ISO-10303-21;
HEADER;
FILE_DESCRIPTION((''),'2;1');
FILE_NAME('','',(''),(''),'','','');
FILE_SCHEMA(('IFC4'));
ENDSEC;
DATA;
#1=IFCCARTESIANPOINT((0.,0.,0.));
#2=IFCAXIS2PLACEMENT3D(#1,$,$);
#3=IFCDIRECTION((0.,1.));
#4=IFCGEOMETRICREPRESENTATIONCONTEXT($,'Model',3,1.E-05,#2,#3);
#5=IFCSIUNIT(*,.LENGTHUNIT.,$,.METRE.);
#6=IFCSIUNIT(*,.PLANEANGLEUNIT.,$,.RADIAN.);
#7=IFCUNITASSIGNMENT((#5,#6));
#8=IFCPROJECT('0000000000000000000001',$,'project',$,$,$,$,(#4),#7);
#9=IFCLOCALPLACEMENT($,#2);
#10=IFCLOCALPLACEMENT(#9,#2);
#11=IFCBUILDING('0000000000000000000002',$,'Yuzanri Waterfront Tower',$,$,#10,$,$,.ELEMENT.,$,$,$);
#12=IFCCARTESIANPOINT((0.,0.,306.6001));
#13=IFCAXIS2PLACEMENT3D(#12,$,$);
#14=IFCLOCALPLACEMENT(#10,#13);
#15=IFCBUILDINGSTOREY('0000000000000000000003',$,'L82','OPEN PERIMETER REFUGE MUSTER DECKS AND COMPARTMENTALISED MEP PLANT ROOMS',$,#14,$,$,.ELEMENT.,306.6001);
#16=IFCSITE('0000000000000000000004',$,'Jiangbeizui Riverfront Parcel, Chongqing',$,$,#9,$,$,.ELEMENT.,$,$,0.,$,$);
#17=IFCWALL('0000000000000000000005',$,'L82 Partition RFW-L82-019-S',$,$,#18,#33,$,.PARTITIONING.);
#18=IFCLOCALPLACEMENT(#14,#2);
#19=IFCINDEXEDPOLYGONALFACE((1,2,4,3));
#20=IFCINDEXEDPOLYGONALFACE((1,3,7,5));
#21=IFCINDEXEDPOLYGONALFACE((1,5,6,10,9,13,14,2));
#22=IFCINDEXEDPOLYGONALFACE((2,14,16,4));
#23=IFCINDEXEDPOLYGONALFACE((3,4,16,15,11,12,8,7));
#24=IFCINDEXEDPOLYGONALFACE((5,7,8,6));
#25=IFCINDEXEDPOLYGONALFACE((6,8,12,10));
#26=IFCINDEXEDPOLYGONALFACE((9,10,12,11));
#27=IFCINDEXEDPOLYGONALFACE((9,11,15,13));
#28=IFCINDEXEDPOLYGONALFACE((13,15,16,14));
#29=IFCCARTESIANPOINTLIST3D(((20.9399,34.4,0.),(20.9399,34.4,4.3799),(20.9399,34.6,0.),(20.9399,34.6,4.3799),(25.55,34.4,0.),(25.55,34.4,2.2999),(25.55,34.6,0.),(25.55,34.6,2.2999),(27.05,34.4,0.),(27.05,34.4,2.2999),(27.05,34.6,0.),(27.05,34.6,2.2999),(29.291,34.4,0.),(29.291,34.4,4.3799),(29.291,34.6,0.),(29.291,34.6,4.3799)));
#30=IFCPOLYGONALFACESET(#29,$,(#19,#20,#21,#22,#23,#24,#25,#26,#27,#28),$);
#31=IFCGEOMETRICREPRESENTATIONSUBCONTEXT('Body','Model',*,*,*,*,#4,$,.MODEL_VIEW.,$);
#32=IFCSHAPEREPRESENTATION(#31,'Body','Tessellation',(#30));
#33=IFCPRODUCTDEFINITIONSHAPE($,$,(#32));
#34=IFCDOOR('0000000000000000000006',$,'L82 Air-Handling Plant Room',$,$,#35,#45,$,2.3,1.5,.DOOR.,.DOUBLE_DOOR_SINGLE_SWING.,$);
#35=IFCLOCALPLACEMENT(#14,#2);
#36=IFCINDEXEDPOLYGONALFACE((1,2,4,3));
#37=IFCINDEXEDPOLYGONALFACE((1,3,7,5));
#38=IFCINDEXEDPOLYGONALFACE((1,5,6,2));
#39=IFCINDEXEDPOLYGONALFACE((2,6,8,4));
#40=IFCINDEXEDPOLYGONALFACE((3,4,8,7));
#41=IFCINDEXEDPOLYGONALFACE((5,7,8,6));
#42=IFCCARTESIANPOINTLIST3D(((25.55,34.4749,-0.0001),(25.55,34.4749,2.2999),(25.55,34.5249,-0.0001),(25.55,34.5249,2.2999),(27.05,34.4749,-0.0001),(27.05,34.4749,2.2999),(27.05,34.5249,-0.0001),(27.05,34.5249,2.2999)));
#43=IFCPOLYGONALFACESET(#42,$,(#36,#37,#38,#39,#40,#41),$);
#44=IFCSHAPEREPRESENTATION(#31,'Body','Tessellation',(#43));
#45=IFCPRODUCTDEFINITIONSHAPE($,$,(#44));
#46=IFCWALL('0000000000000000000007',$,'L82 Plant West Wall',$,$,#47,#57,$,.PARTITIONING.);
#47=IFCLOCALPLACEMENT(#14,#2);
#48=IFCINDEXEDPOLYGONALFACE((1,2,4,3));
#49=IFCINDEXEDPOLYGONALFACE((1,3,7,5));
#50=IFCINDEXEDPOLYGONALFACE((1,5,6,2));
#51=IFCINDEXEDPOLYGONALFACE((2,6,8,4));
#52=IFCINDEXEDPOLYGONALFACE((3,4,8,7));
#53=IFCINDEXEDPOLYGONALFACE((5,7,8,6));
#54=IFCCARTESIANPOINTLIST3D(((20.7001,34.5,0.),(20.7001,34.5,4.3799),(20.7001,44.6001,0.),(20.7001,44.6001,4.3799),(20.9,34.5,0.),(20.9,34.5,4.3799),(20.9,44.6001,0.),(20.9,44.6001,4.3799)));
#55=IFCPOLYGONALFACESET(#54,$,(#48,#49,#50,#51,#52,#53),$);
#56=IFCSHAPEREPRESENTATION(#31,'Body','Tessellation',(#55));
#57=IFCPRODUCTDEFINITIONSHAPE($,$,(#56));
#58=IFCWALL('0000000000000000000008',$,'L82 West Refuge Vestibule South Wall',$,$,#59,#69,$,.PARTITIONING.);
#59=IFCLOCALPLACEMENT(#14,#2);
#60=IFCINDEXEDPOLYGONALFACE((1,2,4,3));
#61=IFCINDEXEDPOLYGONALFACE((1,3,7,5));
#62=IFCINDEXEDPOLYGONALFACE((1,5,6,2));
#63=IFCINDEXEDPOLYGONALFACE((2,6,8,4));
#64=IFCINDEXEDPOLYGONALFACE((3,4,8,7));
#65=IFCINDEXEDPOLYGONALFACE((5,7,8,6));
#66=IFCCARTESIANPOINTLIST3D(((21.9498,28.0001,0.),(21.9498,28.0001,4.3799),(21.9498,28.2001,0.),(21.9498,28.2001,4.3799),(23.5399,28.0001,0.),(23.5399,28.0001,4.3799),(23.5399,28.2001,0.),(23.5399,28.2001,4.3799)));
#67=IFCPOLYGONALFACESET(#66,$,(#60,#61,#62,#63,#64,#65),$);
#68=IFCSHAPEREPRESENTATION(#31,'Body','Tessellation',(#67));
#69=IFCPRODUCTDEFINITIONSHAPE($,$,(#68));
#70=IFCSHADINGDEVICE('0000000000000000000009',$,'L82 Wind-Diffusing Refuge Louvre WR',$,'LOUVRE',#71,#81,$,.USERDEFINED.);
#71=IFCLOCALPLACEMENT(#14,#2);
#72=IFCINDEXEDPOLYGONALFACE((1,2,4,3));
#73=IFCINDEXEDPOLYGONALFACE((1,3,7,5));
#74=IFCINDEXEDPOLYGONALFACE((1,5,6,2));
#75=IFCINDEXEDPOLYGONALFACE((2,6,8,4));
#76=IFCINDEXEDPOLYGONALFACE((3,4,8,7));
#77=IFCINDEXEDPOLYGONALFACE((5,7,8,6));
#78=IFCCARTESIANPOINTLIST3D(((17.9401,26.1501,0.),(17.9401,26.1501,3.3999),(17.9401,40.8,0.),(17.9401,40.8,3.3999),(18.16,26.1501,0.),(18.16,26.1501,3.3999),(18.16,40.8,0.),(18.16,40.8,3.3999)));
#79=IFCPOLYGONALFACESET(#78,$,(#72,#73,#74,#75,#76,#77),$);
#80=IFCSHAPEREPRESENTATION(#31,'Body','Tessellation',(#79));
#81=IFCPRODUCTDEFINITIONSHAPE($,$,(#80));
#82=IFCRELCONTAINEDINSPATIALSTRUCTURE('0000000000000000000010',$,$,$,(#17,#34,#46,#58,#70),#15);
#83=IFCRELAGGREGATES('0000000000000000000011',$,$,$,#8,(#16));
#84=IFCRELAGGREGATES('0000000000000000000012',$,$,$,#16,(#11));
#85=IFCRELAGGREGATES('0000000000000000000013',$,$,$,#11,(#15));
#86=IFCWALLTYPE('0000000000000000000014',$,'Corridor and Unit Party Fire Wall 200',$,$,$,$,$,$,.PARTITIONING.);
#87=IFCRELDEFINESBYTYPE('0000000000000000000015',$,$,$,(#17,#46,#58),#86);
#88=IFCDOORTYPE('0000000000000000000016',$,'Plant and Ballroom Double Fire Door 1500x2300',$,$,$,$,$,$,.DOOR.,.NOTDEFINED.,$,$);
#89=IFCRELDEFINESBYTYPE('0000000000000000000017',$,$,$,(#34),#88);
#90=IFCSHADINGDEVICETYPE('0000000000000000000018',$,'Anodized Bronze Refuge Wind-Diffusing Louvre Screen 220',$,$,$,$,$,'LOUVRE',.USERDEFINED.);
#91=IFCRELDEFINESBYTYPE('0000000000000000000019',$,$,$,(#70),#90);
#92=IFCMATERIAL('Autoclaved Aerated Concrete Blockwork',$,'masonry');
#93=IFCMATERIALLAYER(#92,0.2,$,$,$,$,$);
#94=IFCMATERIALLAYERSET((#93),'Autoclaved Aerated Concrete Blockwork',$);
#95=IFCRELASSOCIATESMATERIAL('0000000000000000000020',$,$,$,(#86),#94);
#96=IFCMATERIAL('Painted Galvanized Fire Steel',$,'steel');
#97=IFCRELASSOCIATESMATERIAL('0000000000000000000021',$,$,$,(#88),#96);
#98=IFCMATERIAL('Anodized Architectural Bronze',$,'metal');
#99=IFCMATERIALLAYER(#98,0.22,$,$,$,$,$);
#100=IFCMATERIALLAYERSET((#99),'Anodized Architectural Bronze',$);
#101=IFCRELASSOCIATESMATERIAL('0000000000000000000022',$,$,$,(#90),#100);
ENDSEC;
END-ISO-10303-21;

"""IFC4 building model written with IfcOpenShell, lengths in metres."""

from ifc_helpers import new_model, si_unit, direction, frame, frame_2d, origin, origin_2d, place, context, subcontext, project, spatial, rectangle, extrude, source, transform, mapped, material, layer, layer_set, type_object, element, fill, save


model = new_model("IFC4")

# Units and contexts
model_context = context("Model", 3, precision=1e-05, world=origin(), true_north=direction((0.0, 1.0)))
body_context = subcontext(model_context, "Body", "Model", "MODEL_VIEW")
ifc_project = project(units=[si_unit("LENGTHUNIT", "METRE"), si_unit("PLANEANGLEUNIT", "RADIAN")], contexts=[model_context])

# Site, building, storey
site_placement = place(None, origin())
site = spatial("IfcSite", under=ifc_project, at=site_placement, Name="Jiangbeizui Riverfront Parcel, Chongqing", CompositionType="ELEMENT", RefElevation=0.0)
building_placement = place(site_placement, origin())
building = spatial("IfcBuilding", under=site, at=building_placement, Name="Yuzanri Waterfront Tower", CompositionType="ELEMENT")
storey_placement = place(building_placement, frame((0.0, 0.0, 306.6001)))
storey = spatial("IfcBuildingStorey", under=building, at=storey_placement, Name="L82", Description="OPEN PERIMETER REFUGE MUSTER DECKS AND COMPARTMENTALISED MEP PLANT ROOMS", CompositionType="ELEMENT", Elevation=306.6001)

# Wall, opening, door
ifc_material_1 = material(Name="Autoclaved Aerated Concrete Blockwork", Category="masonry")
ifc_layer_1 = layer(ifc_material_1, 0.2)
ifc_layer_set_1 = layer_set([ifc_layer_1], Name="Autoclaved Aerated Concrete Blockwork")
wall_type_1 = type_object("IfcWallType", Name="Corridor and Unit Party Fire Wall 200", PredefinedType="PARTITIONING", material=ifc_layer_set_1)
wall_1_placement = place(storey_placement, frame((20.9399, 34.5, 0.0), z_axis=(0.0, 0.0, 1.0), x_axis=(1.0, 0.0, 0.0)))
wall_1 = element("IfcWall", 1, at=wall_1_placement, inside=storey, type_object=wall_type_1, Name="L82 Partition RFW-L82-019-S", PredefinedType="PARTITIONING", context=body_context, shape_type="SweptSolid", body=[
    extrude(rectangle(XDim=8.3511, YDim=0.2, at=frame_2d((4.1755, 0.0))), origin(), (0.0, 0.0, 1.0), 4.3799),
])
opening_1_placement = place(wall_1_placement, frame((4.6101, 0.0, 0.0)))
opening_1 = element("IfcOpeningElement", 2, at=opening_1_placement, cuts=wall_1, PredefinedType="OPENING", context=body_context, shape_type="SweptSolid", body=[
    extrude(rectangle(XDim=1.5, YDim=2.3, at=frame_2d((0.75, 1.1499))), frame((0.0, 0.1147, 0.0), z_axis=(0.0, -1.0, 0.0), x_axis=(1.0, 0.0, 0.0)), (0.0, 0.0, 1.0), 0.2297),
])
ifc_material_2 = material(Name="Painted Galvanized Fire Steel", Category="steel")
door_type_1 = type_object("IfcDoorType", Name="Plant and Ballroom Double Fire Door 1500x2300", OperationType="NOTDEFINED", PredefinedType="DOOR", material=ifc_material_2)
shared_shape_1 = source(origin(), body_context, "Body", "SweptSolid", [
    extrude(rectangle(XDim=1.5, YDim=2.3, at=frame_2d((0.75, 1.1499))), frame((0.0, 0.0249, 0.0), z_axis=(0.0, -1.0, 0.0), x_axis=(1.0, 0.0, 0.0)), (0.0, 0.0, 1.0), 0.05),
])
door_1_placement = place(opening_1_placement, origin())
door_1 = element("IfcDoor", 3, at=door_1_placement, inside=storey, type_object=door_type_1, Name="L82 Air-Handling Plant Room", OperationType="DOUBLE_DOOR_SINGLE_SWING", OverallHeight=2.3, OverallWidth=1.5, PredefinedType="DOOR", context=body_context, shape_type="MappedRepresentation", body=[
    mapped(shared_shape_1, transform((0.0, 0.0, 0.0), scale=1.0)),
])
fill(opening_1, door_1)

# Walls
shared_shape_2 = source(origin(), body_context, "Body", "SweptSolid", [
    extrude(rectangle(XDim=10.1001, YDim=0.2, at=frame_2d((5.05, 0.0))), origin(), (0.0, 0.0, 1.0), 4.3799),
])
wall_2_placement = place(storey_placement, frame((20.8, 34.5, 0.0), z_axis=(0.0, 0.0, 1.0), x_axis=(0.0, 1.0, 0.0)))
element("IfcWall", 4, at=wall_2_placement, inside=storey, type_object=wall_type_1, Name="L82 Plant West Wall", PredefinedType="PARTITIONING", context=body_context, shape_type="MappedRepresentation", body=[
    mapped(shared_shape_2, transform((0.0, 0.0, 0.0), scale=1.0)),
])
shared_shape_3 = source(origin(), body_context, "Body", "SweptSolid", [
    extrude(rectangle(XDim=1.5901, YDim=0.2, at=frame_2d((0.7949, 0.0))), origin(), (0.0, 0.0, 1.0), 4.3799),
])
wall_3_placement = place(storey_placement, frame((21.95, 28.1001, 0.0), z_axis=(0.0, 0.0, 1.0), x_axis=(1.0, 0.0, 0.0)))
element("IfcWall", 5, at=wall_3_placement, inside=storey, type_object=wall_type_1, Name="L82 West Refuge Vestibule South Wall", PredefinedType="PARTITIONING", context=body_context, shape_type="MappedRepresentation", body=[
    mapped(shared_shape_3, transform((0.0, 0.0, 0.0), scale=1.0)),
])

# Shading device
ifc_material_3 = material(Name="Anodized Architectural Bronze", Category="metal")
ifc_layer_2 = layer(ifc_material_3, 0.22)
ifc_layer_set_2 = layer_set([ifc_layer_2], Name="Anodized Architectural Bronze")
shading_device_type = type_object("IfcShadingDeviceType", Name="Anodized Bronze Refuge Wind-Diffusing Louvre Screen 220", ElementType="LOUVRE", PredefinedType="USERDEFINED", material=ifc_layer_set_2)
shared_shape_4 = source(origin(), body_context, "Body", "SweptSolid", [
    extrude(rectangle(XDim=0.22, YDim=14.6499, at=origin_2d()), origin(), (0.0, 0.0, 1.0), 3.3999),
])
shading_device_placement = place(storey_placement, frame((18.05, 33.4751, 0.0), z_axis=(0.0, 0.0, 1.0), x_axis=(1.0, 0.0, 0.0)))
element("IfcShadingDevice", 6, at=shading_device_placement, inside=storey, type_object=shading_device_type, Name="L82 Wind-Diffusing Refuge Louvre WR", ObjectType="LOUVRE", PredefinedType="USERDEFINED", context=body_context, shape_type="MappedRepresentation", body=[
    mapped(shared_shape_4, transform((0.0, 0.0, 0.0), scale=1.0)),
])

save(model, "model.ifc")
